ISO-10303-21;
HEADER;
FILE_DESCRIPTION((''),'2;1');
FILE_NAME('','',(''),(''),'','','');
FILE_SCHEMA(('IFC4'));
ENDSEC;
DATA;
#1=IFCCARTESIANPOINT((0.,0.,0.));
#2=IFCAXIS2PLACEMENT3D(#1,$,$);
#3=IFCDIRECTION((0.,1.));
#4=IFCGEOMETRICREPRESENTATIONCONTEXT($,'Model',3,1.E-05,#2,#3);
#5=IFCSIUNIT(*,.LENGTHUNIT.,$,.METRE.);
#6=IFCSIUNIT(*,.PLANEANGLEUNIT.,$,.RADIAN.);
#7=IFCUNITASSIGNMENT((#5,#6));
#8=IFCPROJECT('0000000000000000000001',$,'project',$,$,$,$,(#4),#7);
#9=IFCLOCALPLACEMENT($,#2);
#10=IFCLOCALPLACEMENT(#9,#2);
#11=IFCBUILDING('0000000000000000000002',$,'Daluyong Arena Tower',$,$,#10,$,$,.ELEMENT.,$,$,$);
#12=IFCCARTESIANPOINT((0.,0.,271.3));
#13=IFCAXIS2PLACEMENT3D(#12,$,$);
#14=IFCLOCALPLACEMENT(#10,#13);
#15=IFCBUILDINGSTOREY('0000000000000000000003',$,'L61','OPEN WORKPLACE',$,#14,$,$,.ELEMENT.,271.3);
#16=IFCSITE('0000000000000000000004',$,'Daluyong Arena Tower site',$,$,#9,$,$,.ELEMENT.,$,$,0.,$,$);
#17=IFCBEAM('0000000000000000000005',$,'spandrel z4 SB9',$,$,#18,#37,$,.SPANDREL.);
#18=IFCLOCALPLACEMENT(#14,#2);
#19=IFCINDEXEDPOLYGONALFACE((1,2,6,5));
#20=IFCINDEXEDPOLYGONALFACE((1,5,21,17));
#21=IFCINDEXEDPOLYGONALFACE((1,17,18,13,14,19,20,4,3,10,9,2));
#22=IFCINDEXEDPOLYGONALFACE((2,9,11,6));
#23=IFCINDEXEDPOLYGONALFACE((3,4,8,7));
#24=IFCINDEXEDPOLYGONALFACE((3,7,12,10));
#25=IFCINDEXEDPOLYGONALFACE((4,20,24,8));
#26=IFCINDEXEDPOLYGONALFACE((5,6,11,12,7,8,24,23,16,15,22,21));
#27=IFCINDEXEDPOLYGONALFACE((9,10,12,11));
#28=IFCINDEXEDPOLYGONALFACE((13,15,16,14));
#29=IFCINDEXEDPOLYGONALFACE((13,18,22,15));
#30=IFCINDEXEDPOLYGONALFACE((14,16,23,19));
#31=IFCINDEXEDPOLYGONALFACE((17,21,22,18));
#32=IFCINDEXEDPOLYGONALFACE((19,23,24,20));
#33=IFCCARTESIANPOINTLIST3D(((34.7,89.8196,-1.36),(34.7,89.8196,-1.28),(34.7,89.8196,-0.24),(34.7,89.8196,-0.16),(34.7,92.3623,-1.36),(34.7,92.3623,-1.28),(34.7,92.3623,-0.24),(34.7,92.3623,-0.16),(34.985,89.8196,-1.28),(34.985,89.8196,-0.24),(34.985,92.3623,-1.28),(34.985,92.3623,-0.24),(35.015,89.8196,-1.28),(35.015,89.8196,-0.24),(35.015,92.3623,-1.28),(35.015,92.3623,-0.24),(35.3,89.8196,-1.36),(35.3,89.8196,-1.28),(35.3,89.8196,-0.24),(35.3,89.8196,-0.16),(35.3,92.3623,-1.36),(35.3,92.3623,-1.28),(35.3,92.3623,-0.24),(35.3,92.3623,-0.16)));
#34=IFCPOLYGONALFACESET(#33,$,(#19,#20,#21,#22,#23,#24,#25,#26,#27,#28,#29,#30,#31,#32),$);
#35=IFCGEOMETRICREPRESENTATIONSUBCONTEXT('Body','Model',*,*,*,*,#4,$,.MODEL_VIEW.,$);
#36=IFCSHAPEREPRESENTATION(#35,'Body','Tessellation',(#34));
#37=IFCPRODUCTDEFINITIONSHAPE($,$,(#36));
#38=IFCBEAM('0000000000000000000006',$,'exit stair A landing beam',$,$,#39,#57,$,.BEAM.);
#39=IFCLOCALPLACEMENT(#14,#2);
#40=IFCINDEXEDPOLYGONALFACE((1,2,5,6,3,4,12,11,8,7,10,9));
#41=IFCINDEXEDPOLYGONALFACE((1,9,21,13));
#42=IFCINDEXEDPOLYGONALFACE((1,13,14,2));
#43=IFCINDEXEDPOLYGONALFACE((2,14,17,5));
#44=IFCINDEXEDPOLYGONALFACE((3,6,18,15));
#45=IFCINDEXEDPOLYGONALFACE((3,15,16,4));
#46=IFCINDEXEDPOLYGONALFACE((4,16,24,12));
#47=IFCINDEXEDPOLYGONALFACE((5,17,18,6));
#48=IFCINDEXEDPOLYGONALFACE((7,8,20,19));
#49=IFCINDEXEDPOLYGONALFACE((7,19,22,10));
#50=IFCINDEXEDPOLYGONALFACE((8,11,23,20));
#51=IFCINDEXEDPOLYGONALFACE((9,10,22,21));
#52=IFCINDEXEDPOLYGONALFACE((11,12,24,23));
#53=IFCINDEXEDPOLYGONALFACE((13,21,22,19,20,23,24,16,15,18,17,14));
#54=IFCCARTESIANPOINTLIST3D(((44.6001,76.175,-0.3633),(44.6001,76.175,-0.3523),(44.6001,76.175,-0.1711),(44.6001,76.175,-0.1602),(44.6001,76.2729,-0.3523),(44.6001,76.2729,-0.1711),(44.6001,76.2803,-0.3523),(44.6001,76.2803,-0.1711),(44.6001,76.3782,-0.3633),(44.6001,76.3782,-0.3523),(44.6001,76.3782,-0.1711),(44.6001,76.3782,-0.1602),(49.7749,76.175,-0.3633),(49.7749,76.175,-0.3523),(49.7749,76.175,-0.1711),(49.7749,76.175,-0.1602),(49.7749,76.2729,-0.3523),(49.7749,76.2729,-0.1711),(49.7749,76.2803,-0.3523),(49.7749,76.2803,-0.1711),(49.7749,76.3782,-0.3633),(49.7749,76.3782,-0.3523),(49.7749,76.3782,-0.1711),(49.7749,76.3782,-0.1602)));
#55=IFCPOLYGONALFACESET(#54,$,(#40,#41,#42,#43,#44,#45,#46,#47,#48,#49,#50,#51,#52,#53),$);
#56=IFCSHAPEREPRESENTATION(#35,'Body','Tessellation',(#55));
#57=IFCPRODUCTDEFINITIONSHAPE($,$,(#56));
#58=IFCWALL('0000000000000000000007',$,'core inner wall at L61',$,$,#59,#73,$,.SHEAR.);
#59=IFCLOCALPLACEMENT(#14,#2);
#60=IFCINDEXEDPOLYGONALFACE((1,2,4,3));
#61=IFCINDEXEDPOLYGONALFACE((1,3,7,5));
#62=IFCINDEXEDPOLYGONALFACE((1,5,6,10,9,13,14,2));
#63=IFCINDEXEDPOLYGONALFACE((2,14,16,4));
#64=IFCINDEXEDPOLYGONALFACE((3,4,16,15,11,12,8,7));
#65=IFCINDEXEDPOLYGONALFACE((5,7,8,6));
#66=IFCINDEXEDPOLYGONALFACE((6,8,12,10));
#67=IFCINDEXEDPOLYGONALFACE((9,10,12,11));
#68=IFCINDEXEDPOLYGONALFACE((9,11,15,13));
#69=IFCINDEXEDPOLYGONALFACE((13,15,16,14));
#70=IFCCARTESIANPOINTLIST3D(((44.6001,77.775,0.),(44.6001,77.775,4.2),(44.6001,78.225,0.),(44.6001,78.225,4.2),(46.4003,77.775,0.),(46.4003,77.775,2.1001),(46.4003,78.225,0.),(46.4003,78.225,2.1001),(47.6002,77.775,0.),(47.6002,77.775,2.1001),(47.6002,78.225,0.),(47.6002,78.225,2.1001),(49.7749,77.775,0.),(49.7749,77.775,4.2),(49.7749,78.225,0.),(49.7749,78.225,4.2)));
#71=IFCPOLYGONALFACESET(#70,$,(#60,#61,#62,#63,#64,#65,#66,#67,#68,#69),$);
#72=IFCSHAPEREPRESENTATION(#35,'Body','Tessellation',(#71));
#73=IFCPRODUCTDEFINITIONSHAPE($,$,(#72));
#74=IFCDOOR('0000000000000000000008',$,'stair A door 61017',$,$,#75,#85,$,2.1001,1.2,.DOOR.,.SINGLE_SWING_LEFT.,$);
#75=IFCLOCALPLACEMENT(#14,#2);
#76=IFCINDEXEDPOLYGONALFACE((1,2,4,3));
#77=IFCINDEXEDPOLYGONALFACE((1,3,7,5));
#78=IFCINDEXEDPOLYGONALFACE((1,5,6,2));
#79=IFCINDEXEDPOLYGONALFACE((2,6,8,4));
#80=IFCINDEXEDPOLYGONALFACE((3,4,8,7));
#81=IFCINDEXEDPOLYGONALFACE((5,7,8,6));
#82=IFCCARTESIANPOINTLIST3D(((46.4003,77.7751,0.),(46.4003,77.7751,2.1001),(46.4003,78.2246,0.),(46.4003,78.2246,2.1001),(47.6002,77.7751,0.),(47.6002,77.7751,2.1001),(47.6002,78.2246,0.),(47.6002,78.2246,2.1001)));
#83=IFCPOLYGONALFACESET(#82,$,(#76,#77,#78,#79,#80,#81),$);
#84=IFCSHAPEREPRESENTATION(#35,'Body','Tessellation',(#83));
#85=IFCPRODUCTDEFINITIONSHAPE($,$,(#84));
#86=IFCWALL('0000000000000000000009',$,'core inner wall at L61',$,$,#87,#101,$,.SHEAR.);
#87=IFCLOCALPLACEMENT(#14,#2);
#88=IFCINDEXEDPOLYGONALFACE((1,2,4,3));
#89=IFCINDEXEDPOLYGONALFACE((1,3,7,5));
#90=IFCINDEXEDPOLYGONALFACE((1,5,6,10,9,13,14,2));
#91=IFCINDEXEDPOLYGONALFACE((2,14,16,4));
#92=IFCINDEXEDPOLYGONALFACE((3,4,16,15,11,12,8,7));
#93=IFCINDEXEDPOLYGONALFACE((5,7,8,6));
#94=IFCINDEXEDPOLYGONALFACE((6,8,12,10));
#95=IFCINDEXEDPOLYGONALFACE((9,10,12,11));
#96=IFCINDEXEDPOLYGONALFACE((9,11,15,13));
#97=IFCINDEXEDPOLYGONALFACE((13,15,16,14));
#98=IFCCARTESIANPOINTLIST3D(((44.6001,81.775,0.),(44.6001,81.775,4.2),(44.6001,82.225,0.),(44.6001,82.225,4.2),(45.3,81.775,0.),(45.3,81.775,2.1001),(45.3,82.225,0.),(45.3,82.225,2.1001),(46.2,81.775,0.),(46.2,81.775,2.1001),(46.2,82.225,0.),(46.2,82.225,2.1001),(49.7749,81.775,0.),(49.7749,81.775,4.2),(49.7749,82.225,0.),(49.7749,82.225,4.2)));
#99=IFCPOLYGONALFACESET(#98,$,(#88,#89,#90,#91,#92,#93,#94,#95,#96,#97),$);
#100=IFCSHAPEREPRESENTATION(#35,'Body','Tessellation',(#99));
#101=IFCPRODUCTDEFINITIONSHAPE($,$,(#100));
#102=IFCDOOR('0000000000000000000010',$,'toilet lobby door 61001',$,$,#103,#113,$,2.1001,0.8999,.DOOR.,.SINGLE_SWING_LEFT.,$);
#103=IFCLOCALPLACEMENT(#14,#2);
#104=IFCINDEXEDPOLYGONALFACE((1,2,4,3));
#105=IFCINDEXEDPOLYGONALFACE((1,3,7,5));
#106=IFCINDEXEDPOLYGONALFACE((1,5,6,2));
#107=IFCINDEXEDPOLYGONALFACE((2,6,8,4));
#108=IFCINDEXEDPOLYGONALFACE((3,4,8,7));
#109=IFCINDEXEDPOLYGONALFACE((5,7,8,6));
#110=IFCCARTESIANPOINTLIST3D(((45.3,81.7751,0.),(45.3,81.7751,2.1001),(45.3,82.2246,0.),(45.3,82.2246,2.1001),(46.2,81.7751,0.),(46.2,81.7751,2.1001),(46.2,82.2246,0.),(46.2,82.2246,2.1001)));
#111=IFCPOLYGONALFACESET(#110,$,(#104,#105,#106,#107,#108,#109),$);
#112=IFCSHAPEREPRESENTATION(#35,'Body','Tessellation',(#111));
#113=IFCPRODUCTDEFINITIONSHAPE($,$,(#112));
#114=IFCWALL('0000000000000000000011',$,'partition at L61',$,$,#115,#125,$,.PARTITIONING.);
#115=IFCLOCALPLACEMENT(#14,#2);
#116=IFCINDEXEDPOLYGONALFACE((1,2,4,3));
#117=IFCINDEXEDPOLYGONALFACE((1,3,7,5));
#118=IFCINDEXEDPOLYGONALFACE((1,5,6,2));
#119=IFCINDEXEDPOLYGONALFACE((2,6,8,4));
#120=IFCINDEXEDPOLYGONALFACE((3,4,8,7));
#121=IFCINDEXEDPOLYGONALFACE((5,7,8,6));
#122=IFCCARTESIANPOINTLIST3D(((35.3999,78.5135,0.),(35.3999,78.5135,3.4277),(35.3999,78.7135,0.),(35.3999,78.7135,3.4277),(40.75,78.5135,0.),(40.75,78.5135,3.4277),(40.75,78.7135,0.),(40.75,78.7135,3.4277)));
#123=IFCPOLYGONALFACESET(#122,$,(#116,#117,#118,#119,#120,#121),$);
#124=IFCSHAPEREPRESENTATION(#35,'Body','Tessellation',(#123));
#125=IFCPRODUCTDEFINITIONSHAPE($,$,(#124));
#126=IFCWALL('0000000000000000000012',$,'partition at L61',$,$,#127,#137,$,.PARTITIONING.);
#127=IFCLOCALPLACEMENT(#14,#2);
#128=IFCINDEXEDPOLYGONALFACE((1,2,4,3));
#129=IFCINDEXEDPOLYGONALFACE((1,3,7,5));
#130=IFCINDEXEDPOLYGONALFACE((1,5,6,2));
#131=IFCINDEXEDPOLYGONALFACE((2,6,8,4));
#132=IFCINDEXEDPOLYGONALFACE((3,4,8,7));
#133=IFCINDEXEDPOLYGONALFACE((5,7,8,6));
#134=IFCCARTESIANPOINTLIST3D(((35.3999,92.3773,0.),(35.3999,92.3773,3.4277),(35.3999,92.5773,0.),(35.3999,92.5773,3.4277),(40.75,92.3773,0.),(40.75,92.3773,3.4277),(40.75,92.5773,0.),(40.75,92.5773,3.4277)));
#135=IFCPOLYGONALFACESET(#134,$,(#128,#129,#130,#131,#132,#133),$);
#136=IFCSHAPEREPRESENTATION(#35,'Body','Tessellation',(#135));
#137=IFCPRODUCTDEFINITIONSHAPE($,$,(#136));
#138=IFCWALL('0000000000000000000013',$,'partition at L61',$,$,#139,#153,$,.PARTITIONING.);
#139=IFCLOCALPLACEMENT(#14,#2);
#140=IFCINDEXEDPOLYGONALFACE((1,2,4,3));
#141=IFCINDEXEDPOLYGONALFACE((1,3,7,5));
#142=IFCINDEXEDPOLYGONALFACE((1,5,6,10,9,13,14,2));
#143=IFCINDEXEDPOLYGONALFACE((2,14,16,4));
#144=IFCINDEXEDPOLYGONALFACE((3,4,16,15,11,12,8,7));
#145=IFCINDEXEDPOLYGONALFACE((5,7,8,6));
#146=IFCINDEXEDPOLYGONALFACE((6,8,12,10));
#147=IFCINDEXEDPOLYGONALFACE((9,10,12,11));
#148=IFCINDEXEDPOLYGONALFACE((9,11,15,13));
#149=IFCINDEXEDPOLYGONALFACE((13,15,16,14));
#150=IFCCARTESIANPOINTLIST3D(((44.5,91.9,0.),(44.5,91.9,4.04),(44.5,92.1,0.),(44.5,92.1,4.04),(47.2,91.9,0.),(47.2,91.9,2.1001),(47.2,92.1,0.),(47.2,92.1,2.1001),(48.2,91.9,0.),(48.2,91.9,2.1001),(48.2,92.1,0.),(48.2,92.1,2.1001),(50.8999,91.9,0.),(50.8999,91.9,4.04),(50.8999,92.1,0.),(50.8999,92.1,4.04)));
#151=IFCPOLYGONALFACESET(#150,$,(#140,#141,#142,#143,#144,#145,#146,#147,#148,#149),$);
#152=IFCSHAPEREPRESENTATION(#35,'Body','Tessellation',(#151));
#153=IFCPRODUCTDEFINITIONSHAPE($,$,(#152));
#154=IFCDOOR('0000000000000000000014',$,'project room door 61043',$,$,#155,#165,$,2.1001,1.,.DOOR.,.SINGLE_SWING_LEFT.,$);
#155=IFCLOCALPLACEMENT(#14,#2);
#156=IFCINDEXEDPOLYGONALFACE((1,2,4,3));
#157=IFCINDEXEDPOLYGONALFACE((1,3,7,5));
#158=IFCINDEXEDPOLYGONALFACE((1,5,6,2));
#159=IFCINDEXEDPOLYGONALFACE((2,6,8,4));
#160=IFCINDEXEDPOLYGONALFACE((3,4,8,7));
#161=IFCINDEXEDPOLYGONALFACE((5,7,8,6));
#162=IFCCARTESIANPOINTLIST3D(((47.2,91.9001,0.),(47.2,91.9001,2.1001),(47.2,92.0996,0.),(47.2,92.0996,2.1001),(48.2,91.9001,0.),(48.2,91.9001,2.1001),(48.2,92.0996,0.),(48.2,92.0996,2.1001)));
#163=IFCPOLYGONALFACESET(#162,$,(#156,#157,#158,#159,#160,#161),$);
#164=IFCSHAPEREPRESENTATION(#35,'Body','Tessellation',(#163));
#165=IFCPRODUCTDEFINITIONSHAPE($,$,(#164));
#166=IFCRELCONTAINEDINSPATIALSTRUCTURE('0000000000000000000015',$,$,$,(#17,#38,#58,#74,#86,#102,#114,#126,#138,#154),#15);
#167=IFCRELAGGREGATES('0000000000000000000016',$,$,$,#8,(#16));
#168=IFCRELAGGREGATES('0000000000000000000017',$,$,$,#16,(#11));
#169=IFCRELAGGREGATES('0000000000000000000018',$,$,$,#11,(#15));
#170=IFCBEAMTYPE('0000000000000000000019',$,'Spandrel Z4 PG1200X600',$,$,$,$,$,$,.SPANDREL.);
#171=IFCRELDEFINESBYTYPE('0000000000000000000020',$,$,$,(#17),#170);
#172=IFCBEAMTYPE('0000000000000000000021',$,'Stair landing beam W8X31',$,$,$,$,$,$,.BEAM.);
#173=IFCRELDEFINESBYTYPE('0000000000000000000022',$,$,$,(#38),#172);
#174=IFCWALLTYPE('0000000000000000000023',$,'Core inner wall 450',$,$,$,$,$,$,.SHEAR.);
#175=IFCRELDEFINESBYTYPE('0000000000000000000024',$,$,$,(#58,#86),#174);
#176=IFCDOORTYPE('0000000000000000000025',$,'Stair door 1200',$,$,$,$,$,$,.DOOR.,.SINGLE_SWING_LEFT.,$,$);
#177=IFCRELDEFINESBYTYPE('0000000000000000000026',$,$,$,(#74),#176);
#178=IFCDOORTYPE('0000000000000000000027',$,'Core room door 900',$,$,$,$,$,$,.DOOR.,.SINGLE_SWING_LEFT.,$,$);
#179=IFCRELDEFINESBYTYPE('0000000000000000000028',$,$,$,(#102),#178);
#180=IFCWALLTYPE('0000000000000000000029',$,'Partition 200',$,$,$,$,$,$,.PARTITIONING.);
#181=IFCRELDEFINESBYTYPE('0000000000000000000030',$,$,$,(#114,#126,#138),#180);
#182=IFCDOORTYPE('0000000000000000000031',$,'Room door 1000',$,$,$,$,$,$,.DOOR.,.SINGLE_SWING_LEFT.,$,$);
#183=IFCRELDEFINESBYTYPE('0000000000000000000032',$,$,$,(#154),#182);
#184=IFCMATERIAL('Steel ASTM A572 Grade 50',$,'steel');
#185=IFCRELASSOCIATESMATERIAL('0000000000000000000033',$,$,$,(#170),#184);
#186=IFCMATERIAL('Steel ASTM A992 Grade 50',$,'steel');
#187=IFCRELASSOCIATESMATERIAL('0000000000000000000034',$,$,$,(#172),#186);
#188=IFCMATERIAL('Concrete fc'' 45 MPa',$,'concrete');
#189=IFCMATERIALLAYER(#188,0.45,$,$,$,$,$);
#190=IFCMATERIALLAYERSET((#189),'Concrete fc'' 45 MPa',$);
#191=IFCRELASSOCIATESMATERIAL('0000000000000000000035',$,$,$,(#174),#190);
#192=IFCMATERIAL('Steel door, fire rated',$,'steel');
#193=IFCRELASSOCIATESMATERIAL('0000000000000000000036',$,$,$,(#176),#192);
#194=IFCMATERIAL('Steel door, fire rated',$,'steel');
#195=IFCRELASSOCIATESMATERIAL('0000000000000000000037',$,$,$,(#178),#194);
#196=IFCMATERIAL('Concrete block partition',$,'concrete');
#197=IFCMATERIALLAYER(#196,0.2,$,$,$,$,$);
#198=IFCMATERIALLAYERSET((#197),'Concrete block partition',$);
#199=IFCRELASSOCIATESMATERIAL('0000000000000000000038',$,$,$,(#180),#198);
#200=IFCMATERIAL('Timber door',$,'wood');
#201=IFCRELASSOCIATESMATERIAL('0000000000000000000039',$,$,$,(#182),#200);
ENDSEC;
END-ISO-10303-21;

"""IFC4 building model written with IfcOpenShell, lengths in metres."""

from ifc_helpers import new_model, si_unit, direction, frame, frame_2d, origin, origin_2d, place, context, subcontext, project, spatial, rectangle, i_section, extrude, material, layer, layer_set, material_profile, profile_set, type_object, element, fill, save


model = new_model("IFC4")

# Units and contexts
model_context = context("Model", 3, precision=1e-05, world=origin(), true_north=direction((0.0, 1.0)))
body_context = subcontext(model_context, "Body", "Model", "MODEL_VIEW")
ifc_project = project(units=[si_unit("LENGTHUNIT", "METRE"), si_unit("PLANEANGLEUNIT", "RADIAN")], contexts=[model_context])

# Site, building, storey
site_placement = place(None, origin())
site = spatial("IfcSite", under=ifc_project, at=site_placement, Name="Daluyong Arena Tower site", CompositionType="ELEMENT", RefElevation=0.0)
building_placement = place(site_placement, origin())
building = spatial("IfcBuilding", under=site, at=building_placement, Name="Daluyong Arena Tower", CompositionType="ELEMENT")
storey_placement = place(building_placement, frame((0.0, 0.0, 271.3)))
storey = spatial("IfcBuildingStorey", under=building, at=storey_placement, Name="L61", Description="OPEN WORKPLACE", CompositionType="ELEMENT", Elevation=271.3)

# Beams
ifc_material_1 = material(Name="Steel ASTM A572 Grade 50", Category="steel")
ifc_material_profile_1 = material_profile(ifc_material_1, i_section(OverallWidth=0.6001, OverallDepth=1.2, WebThickness=0.03, FlangeThickness=0.08, at=origin_2d()))
ifc_profile_set_1 = profile_set([ifc_material_profile_1], Name="Steel ASTM A572 Grade 50")
beam_type_1 = type_object("IfcBeamType", Name="Spandrel Z4 PG1200X600", PredefinedType="SPANDREL", material=ifc_profile_set_1)
beam_1_placement = place(storey_placement, frame((35.0, 92.3623, -0.76), z_axis=(0.0, -1.0, 0.0), x_axis=(1.0, 0.0, 0.0)))
element("IfcBeam", 1, at=beam_1_placement, inside=storey, type_object=beam_type_1, Name="spandrel z4 SB9", PredefinedType="SPANDREL", context=body_context, shape_type="SweptSolid", body=[
    extrude(i_section(OverallWidth=0.6001, OverallDepth=1.2, WebThickness=0.03, FlangeThickness=0.08, at=origin_2d()), origin(), (0.0, 0.0, 1.0), 2.5427),
])
ifc_material_2 = material(Name="Steel ASTM A992 Grade 50", Category="steel")
ifc_material_profile_2 = material_profile(ifc_material_2, i_section(OverallWidth=0.2031, OverallDepth=0.2031, WebThickness=0.0073, FlangeThickness=0.011, at=origin_2d()))
ifc_profile_set_2 = profile_set([ifc_material_profile_2], Name="Steel ASTM A992 Grade 50")
beam_type_2 = type_object("IfcBeamType", Name="Stair landing beam W8X31", PredefinedType="BEAM", material=ifc_profile_set_2)
beam_2_placement = place(storey_placement, frame((44.6001, 76.2766, -0.2617), z_axis=(1.0, 0.0, 0.0), x_axis=(0.0, 1.0, 0.0)))
element("IfcBeam", 2, at=beam_2_placement, inside=storey, type_object=beam_type_2, Name="exit stair A landing beam", PredefinedType="BEAM", context=body_context, shape_type="SweptSolid", body=[
    extrude(i_section(OverallWidth=0.2031, OverallDepth=0.2031, WebThickness=0.0073, FlangeThickness=0.011, at=origin_2d()), origin(), (0.0, 0.0, 1.0), 5.1748),
])

# Walls, openings, doors
ifc_material_3 = material(Name="Concrete fc' 45 MPa", Category="concrete")
ifc_layer_1 = layer(ifc_material_3, 0.45)
ifc_layer_set_1 = layer_set([ifc_layer_1], Name="Concrete fc' 45 MPa")
wall_type_1 = type_object("IfcWallType", Name="Core inner wall 450", PredefinedType="SHEAR", material=ifc_layer_set_1)
wall_1_placement = place(storey_placement, frame((44.6001, 78.0, 0.0), z_axis=(0.0, 0.0, 1.0), x_axis=(1.0, 0.0, 0.0)))
wall_1 = element("IfcWall", 3, at=wall_1_placement, inside=storey, type_object=wall_type_1, Name="core inner wall at L61", PredefinedType="SHEAR", context=body_context, shape_type="SweptSolid", body=[
    extrude(rectangle(XDim=5.1748, YDim=0.45, at=frame_2d((2.5874, 0.0))), origin(), (0.0, 0.0, 1.0), 4.2),
])
opening_1_placement = place(wall_1_placement, frame((1.8, 0.0, 0.0)))
opening_1 = element("IfcOpeningElement", 4, at=opening_1_placement, cuts=wall_1, PredefinedType="OPENING", context=body_context, shape_type="SweptSolid", body=[
    extrude(rectangle(XDim=1.2, YDim=2.1001, at=frame_2d((0.6001, 1.05))), frame((0.0, 0.2349, 0.0), z_axis=(0.0, -1.0, 0.0), x_axis=(1.0, 0.0, 0.0)), (0.0, 0.0, 1.0), 0.47),
])
ifc_material_4 = material(Name="Steel door, fire rated", Category="steel")
door_type_1 = type_object("IfcDoorType", Name="Stair door 1200", OperationType="SINGLE_SWING_LEFT", PredefinedType="DOOR", material=ifc_material_4)
door_1_placement = place(opening_1_placement, origin())
door_1 = element("IfcDoor", 5, at=door_1_placement, inside=storey, type_object=door_type_1, Name="stair A door 61017", OperationType="SINGLE_SWING_LEFT", OverallHeight=2.1001, OverallWidth=1.2, PredefinedType="DOOR", context=body_context, shape_type="SweptSolid", body=[
    extrude(rectangle(XDim=1.2, YDim=2.1001, at=frame_2d((0.6001, 1.05))), frame((0.0, 0.2246, 0.0), z_axis=(0.0, -1.0, 0.0), x_axis=(1.0, 0.0, 0.0)), (0.0, 0.0, 1.0), 0.4495),
])
fill(opening_1, door_1)
wall_2_placement = place(storey_placement, frame((44.6001, 82.0, 0.0), z_axis=(0.0, 0.0, 1.0), x_axis=(1.0, 0.0, 0.0)))
wall_2 = element("IfcWall", 6, at=wall_2_placement, inside=storey, type_object=wall_type_1, Name="core inner wall at L61", PredefinedType="SHEAR", context=body_context, shape_type="SweptSolid", body=[
    extrude(rectangle(XDim=5.1748, YDim=0.45, at=frame_2d((2.5874, 0.0))), origin(), (0.0, 0.0, 1.0), 4.2),
])
opening_2_placement = place(wall_2_placement, frame((0.7, 0.0, 0.0)))
opening_2 = element("IfcOpeningElement", 7, at=opening_2_placement, cuts=wall_2, PredefinedType="OPENING", context=body_context, shape_type="SweptSolid", body=[
    extrude(rectangle(XDim=0.8999, YDim=2.1001, at=frame_2d((0.45, 1.05))), frame((0.0, 0.2349, 0.0), z_axis=(0.0, -1.0, 0.0), x_axis=(1.0, 0.0, 0.0)), (0.0, 0.0, 1.0), 0.47),
])
ifc_material_5 = material(Name="Steel door, fire rated", Category="steel")
door_type_2 = type_object("IfcDoorType", Name="Core room door 900", OperationType="SINGLE_SWING_LEFT", PredefinedType="DOOR", material=ifc_material_5)
door_2_placement = place(opening_2_placement, origin())
door_2 = element("IfcDoor", 8, at=door_2_placement, inside=storey, type_object=door_type_2, Name="toilet lobby door 61001", OperationType="SINGLE_SWING_LEFT", OverallHeight=2.1001, OverallWidth=0.8999, PredefinedType="DOOR", context=body_context, shape_type="SweptSolid", body=[
    extrude(rectangle(XDim=0.8999, YDim=2.1001, at=frame_2d((0.45, 1.05))), frame((0.0, 0.2246, 0.0), z_axis=(0.0, -1.0, 0.0), x_axis=(1.0, 0.0, 0.0)), (0.0, 0.0, 1.0), 0.4495),
])
fill(opening_2, door_2)

# Walls
ifc_material_6 = material(Name="Concrete block partition", Category="concrete")
ifc_layer_2 = layer(ifc_material_6, 0.2)
ifc_layer_set_2 = layer_set([ifc_layer_2], Name="Concrete block partition")
wall_type_2 = type_object("IfcWallType", Name="Partition 200", PredefinedType="PARTITIONING", material=ifc_layer_set_2)
for number, where, z_axis, x_axis, name in (
    (9, (35.3999, 78.6135, 0.0), (0.0, 0.0, 1.0), (1.0, 0.0, 0.0), "partition at L61"),
    (10, (35.3999, 92.4773, 0.0), (0.0, 0.0, 1.0), (1.0, 0.0, 0.0), "partition at L61"),
):
    element("IfcWall", number, at=place(storey_placement, frame(where, z_axis=z_axis, x_axis=x_axis)), inside=storey, type_object=wall_type_2, Name=name, PredefinedType="PARTITIONING", context=body_context, shape_type="SweptSolid", body=[
        extrude(rectangle(XDim=5.3501, YDim=0.2, at=frame_2d((2.675, 0.0))), origin(), (0.0, 0.0, 1.0), 3.4277),
    ])

# Wall, opening, door
wall_3_placement = place(storey_placement, frame((44.5, 92.0, 0.0), z_axis=(0.0, 0.0, 1.0), x_axis=(1.0, 0.0, 0.0)))
wall_3 = element("IfcWall", 11, at=wall_3_placement, inside=storey, type_object=wall_type_2, Name="partition at L61", PredefinedType="PARTITIONING", context=body_context, shape_type="SweptSolid", body=[
    extrude(rectangle(XDim=6.3999, YDim=0.2, at=frame_2d((3.2, 0.0))), origin(), (0.0, 0.0, 1.0), 4.04),
])
opening_3_placement = place(wall_3_placement, frame((2.7, 0.0, 0.0)))
opening_3 = element("IfcOpeningElement", 12, at=opening_3_placement, cuts=wall_3, PredefinedType="OPENING", context=body_context, shape_type="SweptSolid", body=[
    extrude(rectangle(XDim=1.0, YDim=2.1001, at=frame_2d((0.5, 1.05))), frame((0.0, 0.1099, 0.0), z_axis=(0.0, -1.0, 0.0), x_axis=(1.0, 0.0, 0.0)), (0.0, 0.0, 1.0), 0.22),
])
ifc_material_7 = material(Name="Timber door", Category="wood")
door_type_3 = type_object("IfcDoorType", Name="Room door 1000", OperationType="SINGLE_SWING_LEFT", PredefinedType="DOOR", material=ifc_material_7)
door_3_placement = place(opening_3_placement, origin())
door_3 = element("IfcDoor", 13, at=door_3_placement, inside=storey, type_object=door_type_3, Name="project room door 61043", OperationType="SINGLE_SWING_LEFT", OverallHeight=2.1001, OverallWidth=1.0, PredefinedType="DOOR", context=body_context, shape_type="SweptSolid", body=[
    extrude(rectangle(XDim=1.0, YDim=2.1001, at=frame_2d((0.5, 1.05))), frame((0.0, 0.0996, 0.0), z_axis=(0.0, -1.0, 0.0), x_axis=(1.0, 0.0, 0.0)), (0.0, 0.0, 1.0), 0.1995),
])
fill(opening_3, door_3)

save(model, "model.ifc")
